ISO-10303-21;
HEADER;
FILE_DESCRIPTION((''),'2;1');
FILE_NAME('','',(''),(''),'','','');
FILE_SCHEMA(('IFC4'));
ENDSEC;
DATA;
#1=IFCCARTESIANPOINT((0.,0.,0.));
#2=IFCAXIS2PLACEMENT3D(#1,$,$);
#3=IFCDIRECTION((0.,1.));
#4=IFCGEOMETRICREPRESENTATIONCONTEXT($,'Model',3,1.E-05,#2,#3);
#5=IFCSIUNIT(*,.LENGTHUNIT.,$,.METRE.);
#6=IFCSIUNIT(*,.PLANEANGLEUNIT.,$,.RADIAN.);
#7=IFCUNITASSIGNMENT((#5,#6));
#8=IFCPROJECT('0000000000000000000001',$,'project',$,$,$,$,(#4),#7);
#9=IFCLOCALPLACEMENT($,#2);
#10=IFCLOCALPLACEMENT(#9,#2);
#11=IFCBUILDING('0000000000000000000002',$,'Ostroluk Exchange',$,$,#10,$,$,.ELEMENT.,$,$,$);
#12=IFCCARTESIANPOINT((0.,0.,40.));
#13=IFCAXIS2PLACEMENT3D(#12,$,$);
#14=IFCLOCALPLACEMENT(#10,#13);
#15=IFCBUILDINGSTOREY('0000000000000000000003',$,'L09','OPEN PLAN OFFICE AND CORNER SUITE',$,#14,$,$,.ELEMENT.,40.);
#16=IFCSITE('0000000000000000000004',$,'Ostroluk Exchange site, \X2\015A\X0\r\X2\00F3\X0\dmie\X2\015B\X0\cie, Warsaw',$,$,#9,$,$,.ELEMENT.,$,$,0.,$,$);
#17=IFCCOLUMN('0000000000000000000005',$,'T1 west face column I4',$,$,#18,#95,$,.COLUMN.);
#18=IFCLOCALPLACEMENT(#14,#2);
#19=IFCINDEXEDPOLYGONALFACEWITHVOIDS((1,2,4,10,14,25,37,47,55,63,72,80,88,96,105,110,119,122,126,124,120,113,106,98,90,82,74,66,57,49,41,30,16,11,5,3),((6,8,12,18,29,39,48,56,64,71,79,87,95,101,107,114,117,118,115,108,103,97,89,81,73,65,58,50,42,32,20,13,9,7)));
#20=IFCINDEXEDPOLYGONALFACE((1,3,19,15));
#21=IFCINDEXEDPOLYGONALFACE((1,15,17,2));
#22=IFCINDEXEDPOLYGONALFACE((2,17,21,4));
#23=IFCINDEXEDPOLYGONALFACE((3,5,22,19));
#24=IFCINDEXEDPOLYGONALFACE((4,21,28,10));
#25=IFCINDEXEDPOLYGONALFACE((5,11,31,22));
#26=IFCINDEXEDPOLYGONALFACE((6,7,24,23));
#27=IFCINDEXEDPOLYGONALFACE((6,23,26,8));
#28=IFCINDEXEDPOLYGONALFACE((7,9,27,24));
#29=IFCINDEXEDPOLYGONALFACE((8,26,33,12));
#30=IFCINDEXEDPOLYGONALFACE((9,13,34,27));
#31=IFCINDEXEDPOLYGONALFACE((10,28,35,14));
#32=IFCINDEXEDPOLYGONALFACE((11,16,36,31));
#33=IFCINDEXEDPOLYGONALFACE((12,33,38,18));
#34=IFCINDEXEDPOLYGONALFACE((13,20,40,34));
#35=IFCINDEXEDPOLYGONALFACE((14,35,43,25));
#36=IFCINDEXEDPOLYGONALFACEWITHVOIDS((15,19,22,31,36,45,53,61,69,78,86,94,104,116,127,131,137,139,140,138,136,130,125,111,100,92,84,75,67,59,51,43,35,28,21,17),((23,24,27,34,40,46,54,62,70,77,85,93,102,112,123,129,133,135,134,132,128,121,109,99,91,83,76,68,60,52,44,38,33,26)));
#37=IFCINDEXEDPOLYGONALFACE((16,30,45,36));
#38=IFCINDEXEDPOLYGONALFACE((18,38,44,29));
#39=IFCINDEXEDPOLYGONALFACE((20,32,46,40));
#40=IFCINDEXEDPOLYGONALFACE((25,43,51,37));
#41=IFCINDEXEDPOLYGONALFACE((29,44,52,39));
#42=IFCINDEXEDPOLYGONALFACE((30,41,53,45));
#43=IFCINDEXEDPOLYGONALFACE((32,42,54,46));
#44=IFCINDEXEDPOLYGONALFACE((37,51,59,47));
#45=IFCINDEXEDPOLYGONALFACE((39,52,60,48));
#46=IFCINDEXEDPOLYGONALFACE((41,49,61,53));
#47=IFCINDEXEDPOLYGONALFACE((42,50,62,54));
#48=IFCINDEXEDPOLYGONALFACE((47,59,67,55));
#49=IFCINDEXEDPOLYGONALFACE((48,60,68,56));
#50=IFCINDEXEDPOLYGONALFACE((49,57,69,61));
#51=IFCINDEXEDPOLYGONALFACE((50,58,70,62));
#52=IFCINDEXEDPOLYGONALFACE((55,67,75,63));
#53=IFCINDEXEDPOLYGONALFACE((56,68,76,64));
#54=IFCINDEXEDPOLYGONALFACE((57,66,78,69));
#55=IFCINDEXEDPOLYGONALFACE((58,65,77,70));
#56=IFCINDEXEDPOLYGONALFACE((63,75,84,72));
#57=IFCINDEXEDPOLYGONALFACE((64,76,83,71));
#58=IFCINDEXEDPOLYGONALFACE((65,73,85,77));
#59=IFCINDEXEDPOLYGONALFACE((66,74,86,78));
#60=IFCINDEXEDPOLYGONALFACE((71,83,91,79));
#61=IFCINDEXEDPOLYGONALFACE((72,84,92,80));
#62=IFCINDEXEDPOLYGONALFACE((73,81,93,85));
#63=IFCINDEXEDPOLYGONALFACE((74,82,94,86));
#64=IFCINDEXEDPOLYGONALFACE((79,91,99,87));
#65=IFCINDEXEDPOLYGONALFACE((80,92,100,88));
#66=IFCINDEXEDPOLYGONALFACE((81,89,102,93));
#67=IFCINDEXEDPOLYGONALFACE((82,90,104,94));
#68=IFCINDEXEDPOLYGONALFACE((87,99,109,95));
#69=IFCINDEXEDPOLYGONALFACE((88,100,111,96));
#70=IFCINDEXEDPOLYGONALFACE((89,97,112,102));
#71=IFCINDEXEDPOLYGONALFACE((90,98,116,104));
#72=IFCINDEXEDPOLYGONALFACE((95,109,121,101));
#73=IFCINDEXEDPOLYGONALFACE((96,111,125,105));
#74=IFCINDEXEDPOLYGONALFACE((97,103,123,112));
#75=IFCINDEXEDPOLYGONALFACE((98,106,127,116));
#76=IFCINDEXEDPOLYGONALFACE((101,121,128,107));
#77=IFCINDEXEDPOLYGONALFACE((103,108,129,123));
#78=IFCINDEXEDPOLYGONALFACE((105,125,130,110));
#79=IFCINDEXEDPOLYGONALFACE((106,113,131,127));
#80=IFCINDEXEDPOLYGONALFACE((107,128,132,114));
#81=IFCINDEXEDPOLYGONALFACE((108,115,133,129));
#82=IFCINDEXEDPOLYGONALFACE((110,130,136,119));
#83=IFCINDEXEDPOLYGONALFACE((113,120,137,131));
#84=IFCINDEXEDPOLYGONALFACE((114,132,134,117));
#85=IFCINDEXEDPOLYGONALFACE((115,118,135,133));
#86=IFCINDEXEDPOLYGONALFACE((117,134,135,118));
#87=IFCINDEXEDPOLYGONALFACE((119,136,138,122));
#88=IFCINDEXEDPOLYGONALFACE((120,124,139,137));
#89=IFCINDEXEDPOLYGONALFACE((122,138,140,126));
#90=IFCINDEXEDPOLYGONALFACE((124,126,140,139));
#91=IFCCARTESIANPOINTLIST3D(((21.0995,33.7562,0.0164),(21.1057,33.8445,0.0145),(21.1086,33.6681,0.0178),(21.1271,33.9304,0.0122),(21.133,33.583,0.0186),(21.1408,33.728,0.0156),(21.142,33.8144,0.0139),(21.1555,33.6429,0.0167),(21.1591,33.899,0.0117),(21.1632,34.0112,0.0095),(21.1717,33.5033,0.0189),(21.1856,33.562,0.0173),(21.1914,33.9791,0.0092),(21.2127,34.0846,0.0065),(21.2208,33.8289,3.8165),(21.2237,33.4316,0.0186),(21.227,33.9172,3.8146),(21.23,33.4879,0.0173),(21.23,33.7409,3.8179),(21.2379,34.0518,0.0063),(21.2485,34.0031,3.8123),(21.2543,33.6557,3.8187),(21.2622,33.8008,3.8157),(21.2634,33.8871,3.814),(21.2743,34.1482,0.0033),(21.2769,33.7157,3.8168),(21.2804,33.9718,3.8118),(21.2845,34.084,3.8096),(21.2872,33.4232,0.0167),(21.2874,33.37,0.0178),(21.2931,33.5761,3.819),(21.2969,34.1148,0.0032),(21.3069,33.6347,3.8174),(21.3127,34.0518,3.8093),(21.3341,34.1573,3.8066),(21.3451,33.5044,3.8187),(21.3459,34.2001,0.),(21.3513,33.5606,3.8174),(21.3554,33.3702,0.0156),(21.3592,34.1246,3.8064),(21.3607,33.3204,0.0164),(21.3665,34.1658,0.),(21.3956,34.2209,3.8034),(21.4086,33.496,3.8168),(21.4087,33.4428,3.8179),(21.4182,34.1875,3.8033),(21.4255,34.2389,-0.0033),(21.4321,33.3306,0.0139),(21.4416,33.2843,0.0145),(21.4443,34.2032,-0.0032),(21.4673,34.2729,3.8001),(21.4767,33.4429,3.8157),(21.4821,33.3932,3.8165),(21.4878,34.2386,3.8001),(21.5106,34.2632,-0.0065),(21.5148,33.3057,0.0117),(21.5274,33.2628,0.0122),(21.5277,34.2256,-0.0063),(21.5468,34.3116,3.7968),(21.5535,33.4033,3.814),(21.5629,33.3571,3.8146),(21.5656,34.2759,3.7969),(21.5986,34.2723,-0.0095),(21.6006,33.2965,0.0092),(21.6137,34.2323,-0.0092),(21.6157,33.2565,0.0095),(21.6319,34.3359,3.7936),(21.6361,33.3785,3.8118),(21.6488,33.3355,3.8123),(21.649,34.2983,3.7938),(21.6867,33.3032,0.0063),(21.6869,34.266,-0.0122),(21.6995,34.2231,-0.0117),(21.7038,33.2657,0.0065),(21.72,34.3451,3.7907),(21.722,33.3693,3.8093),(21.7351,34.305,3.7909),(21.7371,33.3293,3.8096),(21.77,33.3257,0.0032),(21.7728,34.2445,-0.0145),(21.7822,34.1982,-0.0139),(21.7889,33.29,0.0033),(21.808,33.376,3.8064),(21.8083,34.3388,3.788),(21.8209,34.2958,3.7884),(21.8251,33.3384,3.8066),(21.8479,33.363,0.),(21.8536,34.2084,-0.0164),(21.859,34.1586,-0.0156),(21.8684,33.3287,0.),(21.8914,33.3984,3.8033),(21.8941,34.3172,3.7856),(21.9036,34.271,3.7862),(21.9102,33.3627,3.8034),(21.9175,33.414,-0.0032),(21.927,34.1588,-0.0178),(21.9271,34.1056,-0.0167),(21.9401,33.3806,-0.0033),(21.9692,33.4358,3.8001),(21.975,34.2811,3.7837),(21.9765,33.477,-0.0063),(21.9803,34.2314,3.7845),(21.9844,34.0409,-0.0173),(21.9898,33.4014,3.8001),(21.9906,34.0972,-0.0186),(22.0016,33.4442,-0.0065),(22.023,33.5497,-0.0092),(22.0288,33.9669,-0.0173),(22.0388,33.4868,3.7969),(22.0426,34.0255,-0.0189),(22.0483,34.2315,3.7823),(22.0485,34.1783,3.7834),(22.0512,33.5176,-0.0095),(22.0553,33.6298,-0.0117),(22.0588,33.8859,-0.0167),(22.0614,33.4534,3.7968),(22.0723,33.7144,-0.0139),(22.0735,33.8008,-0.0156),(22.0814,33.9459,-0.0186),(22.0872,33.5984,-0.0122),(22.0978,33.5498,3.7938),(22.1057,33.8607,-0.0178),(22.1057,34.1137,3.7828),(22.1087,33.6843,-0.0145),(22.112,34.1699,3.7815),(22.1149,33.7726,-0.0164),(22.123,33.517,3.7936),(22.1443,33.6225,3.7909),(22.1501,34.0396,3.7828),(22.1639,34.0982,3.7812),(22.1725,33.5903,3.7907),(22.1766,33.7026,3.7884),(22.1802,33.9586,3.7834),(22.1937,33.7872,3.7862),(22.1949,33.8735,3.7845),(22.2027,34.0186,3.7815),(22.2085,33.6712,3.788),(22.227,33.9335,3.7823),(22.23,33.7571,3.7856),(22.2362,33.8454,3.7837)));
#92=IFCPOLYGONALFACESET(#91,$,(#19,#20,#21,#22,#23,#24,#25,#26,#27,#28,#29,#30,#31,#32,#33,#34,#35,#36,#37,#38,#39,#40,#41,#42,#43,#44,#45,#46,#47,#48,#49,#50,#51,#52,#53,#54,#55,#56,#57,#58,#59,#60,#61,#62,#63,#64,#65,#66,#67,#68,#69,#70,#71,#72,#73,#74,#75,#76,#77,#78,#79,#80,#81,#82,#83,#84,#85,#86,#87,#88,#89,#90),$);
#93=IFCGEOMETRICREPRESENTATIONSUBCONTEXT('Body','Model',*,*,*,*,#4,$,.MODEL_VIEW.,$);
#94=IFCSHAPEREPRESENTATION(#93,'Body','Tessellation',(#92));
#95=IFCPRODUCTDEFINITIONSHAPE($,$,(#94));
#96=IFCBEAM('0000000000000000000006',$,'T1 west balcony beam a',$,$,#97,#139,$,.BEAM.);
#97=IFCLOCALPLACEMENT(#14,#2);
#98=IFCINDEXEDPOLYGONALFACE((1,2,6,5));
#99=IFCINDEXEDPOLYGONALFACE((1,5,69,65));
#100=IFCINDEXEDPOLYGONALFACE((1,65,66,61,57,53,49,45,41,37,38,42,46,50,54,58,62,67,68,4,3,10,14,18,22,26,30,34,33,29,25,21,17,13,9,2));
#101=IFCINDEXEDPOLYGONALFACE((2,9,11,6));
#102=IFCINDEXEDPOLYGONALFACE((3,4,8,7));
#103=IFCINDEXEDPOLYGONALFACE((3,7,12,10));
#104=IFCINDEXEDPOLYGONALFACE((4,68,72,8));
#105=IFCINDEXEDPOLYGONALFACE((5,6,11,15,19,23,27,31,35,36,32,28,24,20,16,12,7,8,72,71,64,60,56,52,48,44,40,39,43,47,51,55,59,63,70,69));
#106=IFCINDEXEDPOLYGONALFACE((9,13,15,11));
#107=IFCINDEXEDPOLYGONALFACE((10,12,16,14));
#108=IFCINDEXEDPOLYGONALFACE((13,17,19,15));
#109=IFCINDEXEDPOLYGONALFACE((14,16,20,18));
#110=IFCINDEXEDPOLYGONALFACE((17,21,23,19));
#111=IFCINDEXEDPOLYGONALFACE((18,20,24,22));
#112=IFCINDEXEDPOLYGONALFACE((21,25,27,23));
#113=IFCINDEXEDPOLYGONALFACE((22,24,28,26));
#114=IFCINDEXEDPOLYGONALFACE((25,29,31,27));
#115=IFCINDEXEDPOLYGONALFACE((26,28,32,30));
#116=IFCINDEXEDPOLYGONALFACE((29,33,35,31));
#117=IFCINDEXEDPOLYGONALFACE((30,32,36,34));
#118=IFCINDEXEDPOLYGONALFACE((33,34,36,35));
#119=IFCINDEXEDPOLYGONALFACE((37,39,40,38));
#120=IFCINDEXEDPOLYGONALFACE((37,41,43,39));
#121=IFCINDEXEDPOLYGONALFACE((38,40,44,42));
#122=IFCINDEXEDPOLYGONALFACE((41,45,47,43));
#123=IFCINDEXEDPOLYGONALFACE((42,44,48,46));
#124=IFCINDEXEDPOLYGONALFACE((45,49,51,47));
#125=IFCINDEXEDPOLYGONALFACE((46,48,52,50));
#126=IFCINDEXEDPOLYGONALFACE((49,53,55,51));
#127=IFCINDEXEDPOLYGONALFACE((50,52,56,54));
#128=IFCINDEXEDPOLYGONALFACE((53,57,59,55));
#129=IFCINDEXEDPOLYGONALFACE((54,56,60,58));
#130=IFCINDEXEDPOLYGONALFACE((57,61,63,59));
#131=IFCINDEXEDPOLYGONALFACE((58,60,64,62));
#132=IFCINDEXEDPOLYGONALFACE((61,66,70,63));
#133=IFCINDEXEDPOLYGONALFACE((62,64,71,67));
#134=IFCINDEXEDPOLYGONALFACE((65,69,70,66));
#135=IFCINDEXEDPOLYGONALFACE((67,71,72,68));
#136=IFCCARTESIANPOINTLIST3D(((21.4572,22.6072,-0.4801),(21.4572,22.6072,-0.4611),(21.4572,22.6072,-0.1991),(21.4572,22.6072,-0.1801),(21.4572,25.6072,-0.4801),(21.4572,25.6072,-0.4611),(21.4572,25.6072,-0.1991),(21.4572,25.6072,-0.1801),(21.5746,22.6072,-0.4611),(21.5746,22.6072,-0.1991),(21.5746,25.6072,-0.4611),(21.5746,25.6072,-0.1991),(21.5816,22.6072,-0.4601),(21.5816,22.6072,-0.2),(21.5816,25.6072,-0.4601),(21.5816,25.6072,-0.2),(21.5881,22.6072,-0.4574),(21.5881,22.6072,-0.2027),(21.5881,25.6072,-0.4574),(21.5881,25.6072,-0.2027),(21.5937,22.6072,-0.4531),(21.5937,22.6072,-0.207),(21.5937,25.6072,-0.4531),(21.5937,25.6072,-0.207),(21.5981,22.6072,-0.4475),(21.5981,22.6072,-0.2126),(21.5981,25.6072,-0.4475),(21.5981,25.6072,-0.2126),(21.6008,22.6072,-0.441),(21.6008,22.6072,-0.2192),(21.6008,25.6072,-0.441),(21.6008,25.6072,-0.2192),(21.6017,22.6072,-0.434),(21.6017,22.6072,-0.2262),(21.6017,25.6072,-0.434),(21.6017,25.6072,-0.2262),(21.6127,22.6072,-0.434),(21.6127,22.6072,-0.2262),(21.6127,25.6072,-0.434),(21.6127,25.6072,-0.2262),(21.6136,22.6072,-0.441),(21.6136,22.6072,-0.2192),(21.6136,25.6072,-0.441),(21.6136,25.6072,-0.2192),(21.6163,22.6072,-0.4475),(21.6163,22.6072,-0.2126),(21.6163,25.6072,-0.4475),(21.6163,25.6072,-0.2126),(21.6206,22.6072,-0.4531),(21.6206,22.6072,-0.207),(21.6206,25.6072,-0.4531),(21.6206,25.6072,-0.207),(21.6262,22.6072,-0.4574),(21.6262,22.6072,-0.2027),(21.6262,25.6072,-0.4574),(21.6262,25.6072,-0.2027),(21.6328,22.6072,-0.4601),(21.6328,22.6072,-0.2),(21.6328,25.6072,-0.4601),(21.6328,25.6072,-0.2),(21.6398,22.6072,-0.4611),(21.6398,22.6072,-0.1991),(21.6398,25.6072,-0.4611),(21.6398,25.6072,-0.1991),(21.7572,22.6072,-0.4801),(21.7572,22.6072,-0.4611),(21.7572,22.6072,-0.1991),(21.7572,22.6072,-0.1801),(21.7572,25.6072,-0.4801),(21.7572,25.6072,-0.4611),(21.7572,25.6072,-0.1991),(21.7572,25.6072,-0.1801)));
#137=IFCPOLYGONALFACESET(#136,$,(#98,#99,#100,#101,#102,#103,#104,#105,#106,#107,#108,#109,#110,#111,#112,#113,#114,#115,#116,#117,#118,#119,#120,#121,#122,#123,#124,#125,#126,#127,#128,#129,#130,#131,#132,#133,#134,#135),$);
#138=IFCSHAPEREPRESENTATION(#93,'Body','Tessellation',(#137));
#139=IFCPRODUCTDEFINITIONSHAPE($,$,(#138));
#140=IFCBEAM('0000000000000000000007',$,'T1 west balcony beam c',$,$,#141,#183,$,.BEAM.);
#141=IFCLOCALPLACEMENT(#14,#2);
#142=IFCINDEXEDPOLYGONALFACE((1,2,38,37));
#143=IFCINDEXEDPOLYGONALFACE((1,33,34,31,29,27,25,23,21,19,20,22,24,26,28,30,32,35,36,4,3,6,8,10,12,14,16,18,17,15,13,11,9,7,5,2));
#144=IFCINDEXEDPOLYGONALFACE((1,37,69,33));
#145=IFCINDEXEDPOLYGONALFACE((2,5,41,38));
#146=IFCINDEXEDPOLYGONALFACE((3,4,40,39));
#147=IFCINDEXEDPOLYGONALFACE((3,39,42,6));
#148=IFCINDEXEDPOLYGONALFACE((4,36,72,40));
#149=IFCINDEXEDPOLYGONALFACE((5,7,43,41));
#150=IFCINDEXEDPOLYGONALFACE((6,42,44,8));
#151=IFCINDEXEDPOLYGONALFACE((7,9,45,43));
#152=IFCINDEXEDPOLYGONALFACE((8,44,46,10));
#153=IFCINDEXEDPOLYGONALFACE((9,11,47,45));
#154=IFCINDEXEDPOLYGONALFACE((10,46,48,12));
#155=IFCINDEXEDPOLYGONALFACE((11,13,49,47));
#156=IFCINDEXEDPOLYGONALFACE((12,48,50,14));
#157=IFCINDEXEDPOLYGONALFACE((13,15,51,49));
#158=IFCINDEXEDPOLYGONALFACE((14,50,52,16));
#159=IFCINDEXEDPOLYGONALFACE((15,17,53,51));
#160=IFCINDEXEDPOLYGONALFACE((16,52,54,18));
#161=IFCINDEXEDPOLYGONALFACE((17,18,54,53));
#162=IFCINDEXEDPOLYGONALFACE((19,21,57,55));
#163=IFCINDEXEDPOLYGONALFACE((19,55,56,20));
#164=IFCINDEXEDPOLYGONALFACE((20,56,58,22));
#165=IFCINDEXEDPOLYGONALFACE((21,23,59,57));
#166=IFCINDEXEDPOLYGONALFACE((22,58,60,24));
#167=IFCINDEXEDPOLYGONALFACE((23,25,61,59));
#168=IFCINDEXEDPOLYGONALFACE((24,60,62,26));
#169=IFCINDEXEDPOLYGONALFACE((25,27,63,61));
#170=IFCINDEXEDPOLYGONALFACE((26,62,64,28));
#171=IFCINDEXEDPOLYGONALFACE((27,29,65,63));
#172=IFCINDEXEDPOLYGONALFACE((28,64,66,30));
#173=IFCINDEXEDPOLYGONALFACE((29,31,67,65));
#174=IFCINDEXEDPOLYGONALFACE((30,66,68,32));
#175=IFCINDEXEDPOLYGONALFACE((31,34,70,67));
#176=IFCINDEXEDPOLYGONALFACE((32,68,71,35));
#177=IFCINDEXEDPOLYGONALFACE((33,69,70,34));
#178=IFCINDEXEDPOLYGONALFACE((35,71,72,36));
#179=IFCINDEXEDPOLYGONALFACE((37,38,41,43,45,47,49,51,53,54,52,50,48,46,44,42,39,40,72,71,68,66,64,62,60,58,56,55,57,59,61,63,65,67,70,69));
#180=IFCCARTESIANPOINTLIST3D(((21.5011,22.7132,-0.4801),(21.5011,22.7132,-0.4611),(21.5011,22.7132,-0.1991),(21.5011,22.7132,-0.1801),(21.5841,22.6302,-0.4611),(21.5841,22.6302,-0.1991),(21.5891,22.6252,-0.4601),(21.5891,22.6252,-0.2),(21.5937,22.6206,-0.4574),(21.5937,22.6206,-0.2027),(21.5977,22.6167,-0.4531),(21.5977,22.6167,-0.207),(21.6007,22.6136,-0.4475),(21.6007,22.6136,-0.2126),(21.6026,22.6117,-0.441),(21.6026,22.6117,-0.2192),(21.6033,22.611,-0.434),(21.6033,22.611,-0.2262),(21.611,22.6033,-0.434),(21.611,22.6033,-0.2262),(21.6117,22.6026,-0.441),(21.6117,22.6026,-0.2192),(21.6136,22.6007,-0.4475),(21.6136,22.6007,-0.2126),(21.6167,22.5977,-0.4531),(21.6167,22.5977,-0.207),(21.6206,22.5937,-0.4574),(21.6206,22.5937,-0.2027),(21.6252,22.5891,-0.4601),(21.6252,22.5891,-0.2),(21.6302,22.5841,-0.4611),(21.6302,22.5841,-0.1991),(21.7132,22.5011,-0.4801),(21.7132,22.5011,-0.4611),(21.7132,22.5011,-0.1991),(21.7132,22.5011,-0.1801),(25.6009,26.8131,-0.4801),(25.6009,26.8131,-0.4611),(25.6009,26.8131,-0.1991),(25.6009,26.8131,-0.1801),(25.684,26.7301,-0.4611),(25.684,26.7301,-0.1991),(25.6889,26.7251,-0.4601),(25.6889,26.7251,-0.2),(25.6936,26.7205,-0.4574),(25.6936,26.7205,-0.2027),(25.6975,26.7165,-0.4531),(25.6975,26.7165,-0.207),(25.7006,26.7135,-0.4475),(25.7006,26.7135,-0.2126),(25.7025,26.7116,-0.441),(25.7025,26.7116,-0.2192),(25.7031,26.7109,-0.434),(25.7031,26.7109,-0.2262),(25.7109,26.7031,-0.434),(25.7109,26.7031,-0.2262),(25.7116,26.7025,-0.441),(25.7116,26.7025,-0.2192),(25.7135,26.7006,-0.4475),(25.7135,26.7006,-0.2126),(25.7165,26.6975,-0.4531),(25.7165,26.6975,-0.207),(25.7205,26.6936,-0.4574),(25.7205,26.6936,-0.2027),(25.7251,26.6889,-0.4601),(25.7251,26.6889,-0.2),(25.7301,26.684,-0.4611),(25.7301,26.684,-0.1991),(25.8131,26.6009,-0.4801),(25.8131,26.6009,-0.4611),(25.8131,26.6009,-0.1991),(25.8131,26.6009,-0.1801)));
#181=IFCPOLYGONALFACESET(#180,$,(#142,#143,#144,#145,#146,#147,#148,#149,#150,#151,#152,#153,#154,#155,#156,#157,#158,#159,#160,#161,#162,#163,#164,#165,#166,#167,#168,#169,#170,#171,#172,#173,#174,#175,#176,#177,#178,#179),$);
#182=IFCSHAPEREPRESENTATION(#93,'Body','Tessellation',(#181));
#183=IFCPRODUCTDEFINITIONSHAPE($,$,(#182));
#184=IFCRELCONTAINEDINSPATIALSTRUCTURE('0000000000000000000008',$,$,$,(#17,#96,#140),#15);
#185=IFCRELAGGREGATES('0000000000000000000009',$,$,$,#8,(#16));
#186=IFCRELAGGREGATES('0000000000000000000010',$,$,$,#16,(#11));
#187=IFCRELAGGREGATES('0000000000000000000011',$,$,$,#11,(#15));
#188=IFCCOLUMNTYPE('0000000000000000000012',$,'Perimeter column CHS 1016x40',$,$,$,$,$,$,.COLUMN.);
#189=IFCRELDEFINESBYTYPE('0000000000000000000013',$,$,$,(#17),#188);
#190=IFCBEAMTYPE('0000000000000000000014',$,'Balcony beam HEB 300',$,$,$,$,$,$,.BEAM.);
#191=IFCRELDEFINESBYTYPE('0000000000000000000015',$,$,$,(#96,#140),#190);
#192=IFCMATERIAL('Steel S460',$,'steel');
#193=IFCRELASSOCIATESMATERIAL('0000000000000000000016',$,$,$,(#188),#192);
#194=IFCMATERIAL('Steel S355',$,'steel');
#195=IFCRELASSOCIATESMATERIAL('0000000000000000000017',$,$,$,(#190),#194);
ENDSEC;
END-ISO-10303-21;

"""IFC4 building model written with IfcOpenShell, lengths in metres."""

from ifc_helpers import new_model, si_unit, direction, frame, origin, origin_2d, place, context, subcontext, project, spatial, hollow_circle, i_section, extrude, material, material_profile, profile_set, type_object, element, save


model = new_model("IFC4")

# Units and contexts
model_context = context("Model", 3, precision=1e-05, world=origin(), true_north=direction((0.0, 1.0)))
body_context = subcontext(model_context, "Body", "Model", "MODEL_VIEW")
ifc_project = project(units=[si_unit("LENGTHUNIT", "METRE"), si_unit("PLANEANGLEUNIT", "RADIAN")], contexts=[model_context])

# Site, building, storey
site_placement = place(None, origin())
site = spatial("IfcSite", under=ifc_project, at=site_placement, Name="Ostroluk Exchange site, Śródmieście, Warsaw", CompositionType="ELEMENT", RefElevation=0.0)
building_placement = place(site_placement, origin())
building = spatial("IfcBuilding", under=site, at=building_placement, Name="Ostroluk Exchange", CompositionType="ELEMENT")
storey_placement = place(building_placement, frame((0.0, 0.0, 40.0)))
storey = spatial("IfcBuildingStorey", under=building, at=storey_placement, Name="L09", Description="OPEN PLAN OFFICE AND CORNER SUITE", CompositionType="ELEMENT", Elevation=40.0)

# Column
ifc_material_1 = material(Name="Steel S460", Category="steel")
ifc_material_profile_1 = material_profile(ifc_material_1, hollow_circle(Radius=0.5081, WallThickness=0.04, at=origin_2d()), Name="CHS 1016x40")
ifc_profile_set_1 = profile_set([ifc_material_profile_1], Name="Steel S460")
column_type_1 = type_object("IfcColumnType", Name="Perimeter column CHS 1016x40", PredefinedType="COLUMN", material=ifc_profile_set_1)
column_1_placement = place(storey_placement, frame((21.6072, 33.7644, 0.0), z_axis=(0.031909, 0.019132, 0.999308), x_axis=(-0.514242, 0.857645, 0.0)))
element("IfcColumn", 1, at=column_1_placement, inside=storey, type_object=column_type_1, Name="T1 west face column I4", PredefinedType="COLUMN", context=body_context, shape_type="SweptSolid", body=[
    extrude(hollow_circle(Radius=0.5081, WallThickness=0.04, at=origin_2d()), origin(), (0.0, 0.0, 1.0), 3.8027),
])

# Beams
ifc_material_2 = material(Name="Steel S355", Category="steel")
ifc_material_profile_2 = material_profile(ifc_material_2, i_section(OverallWidth=0.3, OverallDepth=0.3, WebThickness=0.011, FlangeThickness=0.019, FilletRadius=0.0271, at=origin_2d()), Name="HEB 300")
ifc_profile_set_2 = profile_set([ifc_material_profile_2], Name="Steel S355")
beam_type_1 = type_object("IfcBeamType", Name="Balcony beam HEB 300", PredefinedType="BEAM", material=ifc_profile_set_2)
beam_1_placement = place(storey_placement, frame((21.6072, 25.6072, -0.3301), z_axis=(0.0, -1.0, 0.0), x_axis=(1.0, 0.0, 0.0)))
element("IfcBeam", 2, at=beam_1_placement, inside=storey, type_object=beam_type_1, Name="T1 west balcony beam a", PredefinedType="BEAM", context=body_context, shape_type="SweptSolid", body=[
    extrude(i_section(OverallWidth=0.3, OverallDepth=0.3, WebThickness=0.011, FlangeThickness=0.019, FilletRadius=0.0271, at=origin_2d()), origin(), (0.0, 0.0, 1.0), 3.0),
])
beam_2_placement = place(storey_placement, frame((25.707, 26.707, -0.3301), z_axis=(-0.707107, -0.707107, 0.0), x_axis=(0.707107, -0.707107, 0.0)))
element("IfcBeam", 3, at=beam_2_placement, inside=storey, type_object=beam_type_1, Name="T1 west balcony beam c", PredefinedType="BEAM", context=body_context, shape_type="SweptSolid", body=[
    extrude(i_section(OverallWidth=0.3, OverallDepth=0.3, WebThickness=0.011, FlangeThickness=0.019, FilletRadius=0.0271, at=origin_2d()), origin(), (0.0, 0.0, 1.0), 5.7981),
])

save(model, "model.ifc")
